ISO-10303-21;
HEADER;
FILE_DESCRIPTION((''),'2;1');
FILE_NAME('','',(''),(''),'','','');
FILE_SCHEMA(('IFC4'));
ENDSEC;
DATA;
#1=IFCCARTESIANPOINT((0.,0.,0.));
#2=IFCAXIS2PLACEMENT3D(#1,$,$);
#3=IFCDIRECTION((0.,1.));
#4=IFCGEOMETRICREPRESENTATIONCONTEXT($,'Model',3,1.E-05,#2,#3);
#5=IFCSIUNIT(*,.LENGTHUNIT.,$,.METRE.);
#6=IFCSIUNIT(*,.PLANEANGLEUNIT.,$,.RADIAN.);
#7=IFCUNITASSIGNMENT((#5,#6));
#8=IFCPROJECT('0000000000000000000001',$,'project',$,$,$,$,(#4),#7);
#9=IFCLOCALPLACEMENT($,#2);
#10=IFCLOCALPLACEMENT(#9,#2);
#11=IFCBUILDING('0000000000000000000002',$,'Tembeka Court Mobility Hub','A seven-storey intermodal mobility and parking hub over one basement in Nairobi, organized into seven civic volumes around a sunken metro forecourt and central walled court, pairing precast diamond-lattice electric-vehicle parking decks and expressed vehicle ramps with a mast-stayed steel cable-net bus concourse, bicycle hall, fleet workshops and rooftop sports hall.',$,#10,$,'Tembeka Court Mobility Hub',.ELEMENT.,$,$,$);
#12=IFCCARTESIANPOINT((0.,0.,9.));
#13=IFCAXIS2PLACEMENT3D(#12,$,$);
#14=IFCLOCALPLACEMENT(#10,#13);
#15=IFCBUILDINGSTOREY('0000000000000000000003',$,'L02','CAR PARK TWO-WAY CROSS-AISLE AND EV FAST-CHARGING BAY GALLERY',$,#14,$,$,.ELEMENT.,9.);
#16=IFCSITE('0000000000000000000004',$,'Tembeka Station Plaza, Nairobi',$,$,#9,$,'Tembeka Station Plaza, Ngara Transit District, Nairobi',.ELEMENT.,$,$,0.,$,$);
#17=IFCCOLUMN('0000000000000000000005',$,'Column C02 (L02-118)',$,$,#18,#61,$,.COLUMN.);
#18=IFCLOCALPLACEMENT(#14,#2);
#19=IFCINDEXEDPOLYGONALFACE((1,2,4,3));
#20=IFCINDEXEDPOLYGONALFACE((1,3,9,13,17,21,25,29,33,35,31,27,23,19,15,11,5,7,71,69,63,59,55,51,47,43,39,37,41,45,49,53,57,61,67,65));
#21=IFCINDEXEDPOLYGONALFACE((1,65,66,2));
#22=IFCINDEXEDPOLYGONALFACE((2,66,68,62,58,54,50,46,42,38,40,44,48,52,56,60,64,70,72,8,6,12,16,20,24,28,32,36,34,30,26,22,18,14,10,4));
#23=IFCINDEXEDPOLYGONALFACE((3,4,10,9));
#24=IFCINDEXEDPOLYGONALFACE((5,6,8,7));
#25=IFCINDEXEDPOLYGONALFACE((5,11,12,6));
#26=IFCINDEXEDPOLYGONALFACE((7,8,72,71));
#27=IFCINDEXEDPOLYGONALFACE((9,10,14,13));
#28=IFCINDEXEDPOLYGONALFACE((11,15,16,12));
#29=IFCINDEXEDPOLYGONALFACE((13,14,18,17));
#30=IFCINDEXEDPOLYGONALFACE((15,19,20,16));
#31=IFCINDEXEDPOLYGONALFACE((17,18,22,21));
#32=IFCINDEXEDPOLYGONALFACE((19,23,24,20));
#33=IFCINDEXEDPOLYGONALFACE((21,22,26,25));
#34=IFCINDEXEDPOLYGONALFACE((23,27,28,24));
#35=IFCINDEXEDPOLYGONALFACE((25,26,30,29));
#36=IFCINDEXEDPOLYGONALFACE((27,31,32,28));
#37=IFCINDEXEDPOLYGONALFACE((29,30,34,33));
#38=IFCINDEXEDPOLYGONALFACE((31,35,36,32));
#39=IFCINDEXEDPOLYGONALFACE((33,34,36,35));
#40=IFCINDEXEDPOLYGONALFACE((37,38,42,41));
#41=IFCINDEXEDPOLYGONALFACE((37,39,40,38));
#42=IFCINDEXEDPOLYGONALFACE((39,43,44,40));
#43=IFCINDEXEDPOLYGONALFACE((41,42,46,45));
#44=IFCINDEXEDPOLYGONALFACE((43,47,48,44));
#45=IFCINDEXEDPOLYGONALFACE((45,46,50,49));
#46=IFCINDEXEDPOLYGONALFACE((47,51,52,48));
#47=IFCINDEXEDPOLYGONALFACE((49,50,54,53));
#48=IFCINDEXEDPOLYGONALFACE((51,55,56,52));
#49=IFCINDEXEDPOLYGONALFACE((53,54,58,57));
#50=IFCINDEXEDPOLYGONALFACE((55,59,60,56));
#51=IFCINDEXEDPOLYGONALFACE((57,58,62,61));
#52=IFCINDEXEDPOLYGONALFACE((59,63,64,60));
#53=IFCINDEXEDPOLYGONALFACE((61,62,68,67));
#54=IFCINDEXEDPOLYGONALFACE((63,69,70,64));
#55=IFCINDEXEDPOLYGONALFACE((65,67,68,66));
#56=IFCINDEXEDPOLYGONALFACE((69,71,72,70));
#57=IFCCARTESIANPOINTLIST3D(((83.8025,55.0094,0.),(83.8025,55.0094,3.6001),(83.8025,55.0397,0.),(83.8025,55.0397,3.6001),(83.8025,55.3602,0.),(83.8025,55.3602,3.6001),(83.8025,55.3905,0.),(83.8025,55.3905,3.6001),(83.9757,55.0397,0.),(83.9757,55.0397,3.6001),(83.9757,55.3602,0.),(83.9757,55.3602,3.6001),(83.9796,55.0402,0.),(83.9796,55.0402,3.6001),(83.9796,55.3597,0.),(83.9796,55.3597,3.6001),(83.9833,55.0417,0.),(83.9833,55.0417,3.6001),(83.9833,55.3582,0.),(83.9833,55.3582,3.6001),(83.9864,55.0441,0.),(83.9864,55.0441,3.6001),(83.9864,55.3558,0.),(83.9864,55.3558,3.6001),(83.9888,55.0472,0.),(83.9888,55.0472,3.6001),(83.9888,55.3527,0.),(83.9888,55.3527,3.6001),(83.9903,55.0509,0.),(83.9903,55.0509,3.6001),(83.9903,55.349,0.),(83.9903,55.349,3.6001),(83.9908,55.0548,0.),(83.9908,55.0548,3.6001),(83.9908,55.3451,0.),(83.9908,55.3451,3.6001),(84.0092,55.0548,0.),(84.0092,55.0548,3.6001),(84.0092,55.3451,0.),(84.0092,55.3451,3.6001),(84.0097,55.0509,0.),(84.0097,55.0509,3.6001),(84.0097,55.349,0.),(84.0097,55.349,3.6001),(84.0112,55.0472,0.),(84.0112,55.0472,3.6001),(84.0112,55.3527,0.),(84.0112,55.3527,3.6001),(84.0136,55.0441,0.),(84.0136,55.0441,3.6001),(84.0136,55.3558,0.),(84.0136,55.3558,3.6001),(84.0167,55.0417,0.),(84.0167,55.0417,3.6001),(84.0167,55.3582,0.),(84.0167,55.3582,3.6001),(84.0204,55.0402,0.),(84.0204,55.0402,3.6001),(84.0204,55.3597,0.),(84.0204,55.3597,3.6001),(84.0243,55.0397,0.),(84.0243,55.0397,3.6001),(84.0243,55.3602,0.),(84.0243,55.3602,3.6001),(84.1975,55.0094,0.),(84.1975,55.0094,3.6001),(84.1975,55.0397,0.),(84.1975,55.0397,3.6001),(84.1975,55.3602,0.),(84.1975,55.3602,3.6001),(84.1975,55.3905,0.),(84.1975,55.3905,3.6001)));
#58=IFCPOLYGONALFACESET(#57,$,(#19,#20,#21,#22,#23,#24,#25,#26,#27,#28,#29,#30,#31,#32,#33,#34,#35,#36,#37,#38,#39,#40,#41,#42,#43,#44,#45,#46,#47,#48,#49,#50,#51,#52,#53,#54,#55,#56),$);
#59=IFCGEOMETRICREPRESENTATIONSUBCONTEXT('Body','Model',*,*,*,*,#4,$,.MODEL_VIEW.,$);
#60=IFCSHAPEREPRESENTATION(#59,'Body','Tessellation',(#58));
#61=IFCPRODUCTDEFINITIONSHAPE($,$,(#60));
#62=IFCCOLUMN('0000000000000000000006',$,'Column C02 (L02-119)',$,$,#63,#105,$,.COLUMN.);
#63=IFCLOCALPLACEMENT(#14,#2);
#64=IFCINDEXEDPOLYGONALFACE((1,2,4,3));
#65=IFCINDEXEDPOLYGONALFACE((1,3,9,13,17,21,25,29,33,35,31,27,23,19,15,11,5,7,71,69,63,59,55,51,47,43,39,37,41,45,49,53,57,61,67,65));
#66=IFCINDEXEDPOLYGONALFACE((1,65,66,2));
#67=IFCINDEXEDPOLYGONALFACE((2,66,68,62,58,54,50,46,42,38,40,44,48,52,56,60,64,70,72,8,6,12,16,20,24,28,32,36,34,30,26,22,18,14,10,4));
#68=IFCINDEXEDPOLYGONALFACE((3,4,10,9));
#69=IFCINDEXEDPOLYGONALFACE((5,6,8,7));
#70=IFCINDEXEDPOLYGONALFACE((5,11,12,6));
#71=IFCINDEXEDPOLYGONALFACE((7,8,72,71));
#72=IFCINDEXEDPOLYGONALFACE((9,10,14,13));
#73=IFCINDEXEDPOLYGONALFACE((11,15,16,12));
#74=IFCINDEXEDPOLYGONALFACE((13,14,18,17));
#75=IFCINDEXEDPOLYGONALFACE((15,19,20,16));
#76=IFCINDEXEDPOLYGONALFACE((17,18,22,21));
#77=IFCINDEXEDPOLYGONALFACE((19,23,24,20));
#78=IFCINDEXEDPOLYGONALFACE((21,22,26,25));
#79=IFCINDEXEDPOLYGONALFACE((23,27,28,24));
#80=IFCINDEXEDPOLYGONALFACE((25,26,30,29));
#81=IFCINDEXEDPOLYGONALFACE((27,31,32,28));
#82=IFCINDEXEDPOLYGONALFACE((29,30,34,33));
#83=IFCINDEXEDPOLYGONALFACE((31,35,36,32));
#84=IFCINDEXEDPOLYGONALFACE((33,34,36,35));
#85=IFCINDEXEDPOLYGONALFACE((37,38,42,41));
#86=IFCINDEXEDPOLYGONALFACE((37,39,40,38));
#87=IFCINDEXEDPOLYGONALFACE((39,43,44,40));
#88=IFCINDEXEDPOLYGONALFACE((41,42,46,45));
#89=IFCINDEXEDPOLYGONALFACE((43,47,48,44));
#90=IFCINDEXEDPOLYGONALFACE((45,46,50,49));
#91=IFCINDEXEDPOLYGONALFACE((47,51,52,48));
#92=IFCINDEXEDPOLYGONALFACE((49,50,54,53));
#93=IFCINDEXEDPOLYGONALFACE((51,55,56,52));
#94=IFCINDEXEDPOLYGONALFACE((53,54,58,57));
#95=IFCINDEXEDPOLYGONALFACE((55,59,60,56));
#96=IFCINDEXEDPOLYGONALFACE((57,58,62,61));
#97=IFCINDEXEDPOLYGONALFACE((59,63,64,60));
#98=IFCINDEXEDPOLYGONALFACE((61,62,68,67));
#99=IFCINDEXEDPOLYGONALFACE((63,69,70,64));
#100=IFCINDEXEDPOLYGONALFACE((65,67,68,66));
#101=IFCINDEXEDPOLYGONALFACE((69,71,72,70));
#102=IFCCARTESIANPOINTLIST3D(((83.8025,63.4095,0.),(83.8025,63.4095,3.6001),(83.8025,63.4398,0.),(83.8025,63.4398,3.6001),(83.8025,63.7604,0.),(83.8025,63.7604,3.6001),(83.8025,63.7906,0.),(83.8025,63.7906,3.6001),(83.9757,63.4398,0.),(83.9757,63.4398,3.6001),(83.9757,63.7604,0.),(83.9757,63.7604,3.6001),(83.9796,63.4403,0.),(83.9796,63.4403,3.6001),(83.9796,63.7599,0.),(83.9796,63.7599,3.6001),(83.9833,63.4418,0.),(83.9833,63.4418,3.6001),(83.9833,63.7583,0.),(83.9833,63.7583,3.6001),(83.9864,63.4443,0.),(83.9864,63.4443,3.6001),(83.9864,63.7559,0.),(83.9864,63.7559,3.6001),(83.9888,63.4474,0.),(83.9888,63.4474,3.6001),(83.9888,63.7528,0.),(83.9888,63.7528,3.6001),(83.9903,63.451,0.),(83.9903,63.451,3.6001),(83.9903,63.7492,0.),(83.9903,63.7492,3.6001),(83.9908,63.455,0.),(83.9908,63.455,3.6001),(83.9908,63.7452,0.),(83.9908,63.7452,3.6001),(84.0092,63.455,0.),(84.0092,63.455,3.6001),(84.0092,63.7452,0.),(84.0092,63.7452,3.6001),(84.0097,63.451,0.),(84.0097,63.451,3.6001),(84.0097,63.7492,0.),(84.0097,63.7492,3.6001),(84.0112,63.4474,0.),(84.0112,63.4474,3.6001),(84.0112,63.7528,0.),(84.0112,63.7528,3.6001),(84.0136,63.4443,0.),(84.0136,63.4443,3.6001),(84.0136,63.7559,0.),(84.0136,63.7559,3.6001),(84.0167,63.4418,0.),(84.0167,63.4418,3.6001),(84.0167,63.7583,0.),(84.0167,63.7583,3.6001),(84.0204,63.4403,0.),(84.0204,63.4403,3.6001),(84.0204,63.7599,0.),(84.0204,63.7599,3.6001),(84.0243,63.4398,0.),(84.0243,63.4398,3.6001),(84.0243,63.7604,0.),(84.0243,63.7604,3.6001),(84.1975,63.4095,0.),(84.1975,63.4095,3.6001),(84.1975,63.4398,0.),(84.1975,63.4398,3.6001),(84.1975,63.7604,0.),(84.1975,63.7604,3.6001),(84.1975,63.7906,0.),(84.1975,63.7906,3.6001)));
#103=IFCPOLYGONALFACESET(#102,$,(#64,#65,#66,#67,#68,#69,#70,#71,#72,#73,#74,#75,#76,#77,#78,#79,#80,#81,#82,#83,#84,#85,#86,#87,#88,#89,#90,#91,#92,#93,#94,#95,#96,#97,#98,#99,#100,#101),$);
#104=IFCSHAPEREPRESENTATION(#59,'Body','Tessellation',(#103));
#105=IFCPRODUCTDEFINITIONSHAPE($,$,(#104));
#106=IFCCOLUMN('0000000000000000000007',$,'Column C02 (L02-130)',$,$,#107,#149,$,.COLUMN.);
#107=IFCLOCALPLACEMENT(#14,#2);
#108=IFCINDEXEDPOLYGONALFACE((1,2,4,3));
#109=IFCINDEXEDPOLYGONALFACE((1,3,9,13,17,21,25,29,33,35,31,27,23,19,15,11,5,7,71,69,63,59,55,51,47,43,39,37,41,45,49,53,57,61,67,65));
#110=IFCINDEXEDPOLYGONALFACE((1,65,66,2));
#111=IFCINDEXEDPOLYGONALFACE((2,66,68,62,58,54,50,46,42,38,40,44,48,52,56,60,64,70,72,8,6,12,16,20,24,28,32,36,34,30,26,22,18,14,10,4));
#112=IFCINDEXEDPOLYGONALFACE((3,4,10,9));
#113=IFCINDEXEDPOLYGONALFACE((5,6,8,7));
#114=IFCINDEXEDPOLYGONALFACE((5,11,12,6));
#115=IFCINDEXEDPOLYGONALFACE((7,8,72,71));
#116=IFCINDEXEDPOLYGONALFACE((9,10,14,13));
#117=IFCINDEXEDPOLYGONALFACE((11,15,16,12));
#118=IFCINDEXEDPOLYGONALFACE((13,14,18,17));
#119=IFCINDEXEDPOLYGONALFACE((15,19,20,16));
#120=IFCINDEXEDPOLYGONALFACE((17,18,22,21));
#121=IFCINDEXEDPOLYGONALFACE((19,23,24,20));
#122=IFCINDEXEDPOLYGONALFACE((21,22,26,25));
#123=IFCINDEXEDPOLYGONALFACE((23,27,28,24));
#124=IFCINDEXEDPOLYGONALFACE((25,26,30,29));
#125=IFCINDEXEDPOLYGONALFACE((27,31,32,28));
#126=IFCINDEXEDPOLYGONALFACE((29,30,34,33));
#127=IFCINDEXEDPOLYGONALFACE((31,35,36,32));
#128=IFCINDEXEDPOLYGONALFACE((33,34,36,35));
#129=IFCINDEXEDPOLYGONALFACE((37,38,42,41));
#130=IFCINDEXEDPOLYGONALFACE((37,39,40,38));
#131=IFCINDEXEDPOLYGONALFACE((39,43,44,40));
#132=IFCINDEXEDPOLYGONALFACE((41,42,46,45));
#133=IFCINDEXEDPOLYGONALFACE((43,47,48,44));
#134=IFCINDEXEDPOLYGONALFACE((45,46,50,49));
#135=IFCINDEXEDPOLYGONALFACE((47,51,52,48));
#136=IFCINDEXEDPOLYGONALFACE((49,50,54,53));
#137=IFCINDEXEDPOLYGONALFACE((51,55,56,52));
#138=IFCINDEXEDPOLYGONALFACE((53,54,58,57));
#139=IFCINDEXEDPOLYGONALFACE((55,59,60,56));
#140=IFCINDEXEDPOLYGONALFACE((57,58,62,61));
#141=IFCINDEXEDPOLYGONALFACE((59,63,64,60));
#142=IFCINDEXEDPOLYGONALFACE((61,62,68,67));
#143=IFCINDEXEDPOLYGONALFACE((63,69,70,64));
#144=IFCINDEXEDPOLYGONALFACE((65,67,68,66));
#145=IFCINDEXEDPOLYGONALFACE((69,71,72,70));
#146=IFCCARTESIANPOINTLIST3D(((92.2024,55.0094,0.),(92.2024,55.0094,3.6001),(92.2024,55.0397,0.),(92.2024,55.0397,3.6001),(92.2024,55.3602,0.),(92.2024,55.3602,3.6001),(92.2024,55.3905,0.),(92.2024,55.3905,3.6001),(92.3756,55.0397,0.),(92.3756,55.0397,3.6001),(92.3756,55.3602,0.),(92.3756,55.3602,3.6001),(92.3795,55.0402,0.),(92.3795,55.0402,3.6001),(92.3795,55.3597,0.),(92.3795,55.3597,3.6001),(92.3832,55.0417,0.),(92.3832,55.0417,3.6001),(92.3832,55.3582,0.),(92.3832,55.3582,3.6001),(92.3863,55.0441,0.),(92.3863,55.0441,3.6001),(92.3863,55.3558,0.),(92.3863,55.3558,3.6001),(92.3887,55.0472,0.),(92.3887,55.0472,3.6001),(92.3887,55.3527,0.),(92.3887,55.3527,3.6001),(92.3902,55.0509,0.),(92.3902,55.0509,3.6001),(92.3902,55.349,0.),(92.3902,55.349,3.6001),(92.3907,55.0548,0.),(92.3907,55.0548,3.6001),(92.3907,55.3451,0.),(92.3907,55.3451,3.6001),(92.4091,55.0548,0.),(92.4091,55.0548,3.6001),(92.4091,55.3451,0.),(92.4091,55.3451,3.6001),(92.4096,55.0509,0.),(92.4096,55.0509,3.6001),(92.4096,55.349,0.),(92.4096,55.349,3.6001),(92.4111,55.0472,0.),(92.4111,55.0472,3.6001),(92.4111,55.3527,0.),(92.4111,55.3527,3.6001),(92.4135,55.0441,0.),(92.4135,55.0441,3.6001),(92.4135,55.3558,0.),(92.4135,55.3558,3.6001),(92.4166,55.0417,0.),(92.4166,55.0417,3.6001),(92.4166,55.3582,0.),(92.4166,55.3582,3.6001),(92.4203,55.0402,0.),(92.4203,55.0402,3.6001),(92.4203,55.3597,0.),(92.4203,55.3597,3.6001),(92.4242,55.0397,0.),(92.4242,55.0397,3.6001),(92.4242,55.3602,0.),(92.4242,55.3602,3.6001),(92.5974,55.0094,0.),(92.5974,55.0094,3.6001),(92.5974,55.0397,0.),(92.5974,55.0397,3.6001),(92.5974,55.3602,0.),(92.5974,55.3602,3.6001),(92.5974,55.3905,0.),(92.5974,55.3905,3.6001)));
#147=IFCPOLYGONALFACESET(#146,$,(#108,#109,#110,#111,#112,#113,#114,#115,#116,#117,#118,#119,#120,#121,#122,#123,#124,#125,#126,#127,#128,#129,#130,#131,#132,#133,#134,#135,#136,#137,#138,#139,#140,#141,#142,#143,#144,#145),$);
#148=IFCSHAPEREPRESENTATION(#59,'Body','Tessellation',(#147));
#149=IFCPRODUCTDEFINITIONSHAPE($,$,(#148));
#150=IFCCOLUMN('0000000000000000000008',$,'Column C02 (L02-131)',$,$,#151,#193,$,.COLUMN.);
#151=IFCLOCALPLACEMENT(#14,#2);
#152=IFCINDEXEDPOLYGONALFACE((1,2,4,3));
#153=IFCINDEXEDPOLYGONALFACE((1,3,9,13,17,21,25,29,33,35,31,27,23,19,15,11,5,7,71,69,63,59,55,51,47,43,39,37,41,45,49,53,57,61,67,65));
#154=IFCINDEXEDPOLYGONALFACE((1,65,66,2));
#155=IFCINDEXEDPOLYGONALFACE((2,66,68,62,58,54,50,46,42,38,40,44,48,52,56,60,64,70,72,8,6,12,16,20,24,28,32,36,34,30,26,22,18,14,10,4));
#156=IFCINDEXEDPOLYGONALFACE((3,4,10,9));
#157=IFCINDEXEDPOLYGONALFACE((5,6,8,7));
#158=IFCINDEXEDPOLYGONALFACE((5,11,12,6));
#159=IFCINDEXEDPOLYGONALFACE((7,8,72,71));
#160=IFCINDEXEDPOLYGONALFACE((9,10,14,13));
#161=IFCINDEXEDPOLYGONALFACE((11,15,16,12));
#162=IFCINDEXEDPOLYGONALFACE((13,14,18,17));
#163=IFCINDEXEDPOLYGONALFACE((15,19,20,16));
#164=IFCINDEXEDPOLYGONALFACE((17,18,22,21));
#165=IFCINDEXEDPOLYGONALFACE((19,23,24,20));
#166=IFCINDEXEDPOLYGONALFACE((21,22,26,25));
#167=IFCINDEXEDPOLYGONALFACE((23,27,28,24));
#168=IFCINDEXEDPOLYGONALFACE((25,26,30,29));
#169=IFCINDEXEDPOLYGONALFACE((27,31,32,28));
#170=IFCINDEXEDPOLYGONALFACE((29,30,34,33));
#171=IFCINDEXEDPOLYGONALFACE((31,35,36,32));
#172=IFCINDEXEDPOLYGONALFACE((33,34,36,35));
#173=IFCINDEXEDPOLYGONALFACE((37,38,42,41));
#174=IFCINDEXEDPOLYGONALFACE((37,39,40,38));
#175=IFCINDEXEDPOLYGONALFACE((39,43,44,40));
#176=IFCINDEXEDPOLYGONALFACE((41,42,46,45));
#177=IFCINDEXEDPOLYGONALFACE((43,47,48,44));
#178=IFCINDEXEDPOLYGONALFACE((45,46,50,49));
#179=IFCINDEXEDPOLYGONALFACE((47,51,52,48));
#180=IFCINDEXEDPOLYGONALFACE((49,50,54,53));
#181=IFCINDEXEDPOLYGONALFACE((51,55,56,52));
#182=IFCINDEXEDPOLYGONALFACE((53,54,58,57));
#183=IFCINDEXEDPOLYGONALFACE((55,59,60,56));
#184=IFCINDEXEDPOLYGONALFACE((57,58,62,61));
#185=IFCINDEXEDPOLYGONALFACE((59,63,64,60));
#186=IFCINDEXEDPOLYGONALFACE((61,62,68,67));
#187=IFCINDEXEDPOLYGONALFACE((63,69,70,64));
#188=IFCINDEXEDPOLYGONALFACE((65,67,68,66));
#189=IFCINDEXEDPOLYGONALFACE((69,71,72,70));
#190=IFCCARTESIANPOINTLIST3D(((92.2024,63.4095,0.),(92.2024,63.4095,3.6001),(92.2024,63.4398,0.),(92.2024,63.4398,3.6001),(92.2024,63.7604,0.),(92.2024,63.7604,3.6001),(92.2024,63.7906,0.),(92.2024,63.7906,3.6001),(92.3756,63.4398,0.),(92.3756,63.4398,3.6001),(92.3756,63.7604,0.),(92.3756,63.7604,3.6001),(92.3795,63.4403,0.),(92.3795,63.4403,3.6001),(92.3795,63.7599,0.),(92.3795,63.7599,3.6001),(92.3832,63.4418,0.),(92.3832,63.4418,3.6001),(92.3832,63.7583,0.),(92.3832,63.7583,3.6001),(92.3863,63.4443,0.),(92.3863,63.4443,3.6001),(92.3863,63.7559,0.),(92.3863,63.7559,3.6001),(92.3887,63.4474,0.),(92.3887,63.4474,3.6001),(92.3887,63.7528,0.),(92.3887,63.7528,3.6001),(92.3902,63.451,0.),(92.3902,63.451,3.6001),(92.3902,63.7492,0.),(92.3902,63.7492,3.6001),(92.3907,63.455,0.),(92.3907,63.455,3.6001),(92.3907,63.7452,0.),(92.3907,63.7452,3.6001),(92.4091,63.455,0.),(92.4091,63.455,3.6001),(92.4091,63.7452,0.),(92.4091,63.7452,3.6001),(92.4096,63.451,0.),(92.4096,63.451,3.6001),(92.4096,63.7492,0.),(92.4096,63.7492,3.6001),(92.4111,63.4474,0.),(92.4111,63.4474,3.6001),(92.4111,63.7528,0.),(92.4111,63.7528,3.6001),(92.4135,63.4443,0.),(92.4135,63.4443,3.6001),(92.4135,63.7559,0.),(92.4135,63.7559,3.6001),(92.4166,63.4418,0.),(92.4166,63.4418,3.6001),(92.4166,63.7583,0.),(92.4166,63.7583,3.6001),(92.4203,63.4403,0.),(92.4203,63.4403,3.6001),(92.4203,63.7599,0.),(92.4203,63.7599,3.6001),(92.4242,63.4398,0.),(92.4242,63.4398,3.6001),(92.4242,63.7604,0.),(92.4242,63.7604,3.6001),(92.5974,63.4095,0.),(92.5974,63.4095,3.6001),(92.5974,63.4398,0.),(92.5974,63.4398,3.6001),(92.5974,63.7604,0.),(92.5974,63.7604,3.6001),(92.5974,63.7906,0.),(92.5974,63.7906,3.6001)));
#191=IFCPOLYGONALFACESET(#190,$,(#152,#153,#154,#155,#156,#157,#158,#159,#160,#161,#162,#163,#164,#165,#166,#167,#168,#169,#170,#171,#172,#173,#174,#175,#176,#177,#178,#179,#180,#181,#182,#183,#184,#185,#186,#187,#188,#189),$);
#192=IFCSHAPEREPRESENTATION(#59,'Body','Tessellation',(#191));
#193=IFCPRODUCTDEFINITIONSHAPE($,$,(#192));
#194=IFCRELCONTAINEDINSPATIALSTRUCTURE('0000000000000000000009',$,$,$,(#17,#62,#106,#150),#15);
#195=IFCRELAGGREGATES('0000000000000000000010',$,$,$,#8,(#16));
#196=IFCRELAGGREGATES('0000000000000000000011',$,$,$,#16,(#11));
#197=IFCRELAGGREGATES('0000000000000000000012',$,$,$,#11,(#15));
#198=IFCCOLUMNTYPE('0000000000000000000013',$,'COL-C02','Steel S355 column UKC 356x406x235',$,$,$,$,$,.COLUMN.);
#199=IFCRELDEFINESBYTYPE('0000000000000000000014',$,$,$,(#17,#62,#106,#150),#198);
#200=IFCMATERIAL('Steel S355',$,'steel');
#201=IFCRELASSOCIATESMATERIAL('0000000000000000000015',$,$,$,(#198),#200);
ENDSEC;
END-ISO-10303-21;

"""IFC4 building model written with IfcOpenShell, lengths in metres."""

from ifc_helpers import new_model, si_unit, direction, frame, origin, origin_2d, place, context, subcontext, project, spatial, i_section, extrude, material, material_profile, profile_set, type_object, element, save


model = new_model("IFC4")

# Units and contexts
model_context = context("Model", 3, precision=1e-05, world=origin(), true_north=direction((0.0, 1.0)))
body_context = subcontext(model_context, "Body", "Model", "MODEL_VIEW")
ifc_project = project(units=[si_unit("LENGTHUNIT", "METRE"), si_unit("PLANEANGLEUNIT", "RADIAN")], contexts=[model_context])

# Site, building, storey
site_placement = place(None, origin())
site = spatial("IfcSite", under=ifc_project, at=site_placement, Name="Tembeka Station Plaza, Nairobi", LongName="Tembeka Station Plaza, Ngara Transit District, Nairobi", CompositionType="ELEMENT", RefElevation=0.0)
building_placement = place(site_placement, origin())
building = spatial("IfcBuilding", under=site, at=building_placement, Name="Tembeka Court Mobility Hub", Description="A seven-storey intermodal mobility and parking hub over one basement in Nairobi, organized into seven civic volumes around a sunken metro forecourt and central walled court, pairing precast diamond-lattice electric-vehicle parking decks and expressed vehicle ramps with a mast-stayed steel cable-net bus concourse, bicycle hall, fleet workshops and rooftop sports hall.", LongName="Tembeka Court Mobility Hub", CompositionType="ELEMENT")
storey_placement = place(building_placement, frame((0.0, 0.0, 9.0)))
storey = spatial("IfcBuildingStorey", under=building, at=storey_placement, Name="L02", Description="CAR PARK TWO-WAY CROSS-AISLE AND EV FAST-CHARGING BAY GALLERY", CompositionType="ELEMENT", Elevation=9.0)

# Columns
ifc_material_1 = material(Name="Steel S355", Category="steel")
ifc_material_profile_1 = material_profile(ifc_material_1, i_section(OverallWidth=0.395, OverallDepth=0.3811, WebThickness=0.0183, FlangeThickness=0.0303, FilletRadius=0.0151, at=origin_2d()), Name="UKC 356x406x235")
ifc_profile_set_1 = profile_set([ifc_material_profile_1], Name="Steel S355")
column_type = type_object("IfcColumnType", Name="COL-C02", Description="Steel S355 column UKC 356x406x235", PredefinedType="COLUMN", material=ifc_profile_set_1)
for number, where, z_axis, x_axis, name in (
    (1, (84.0, 55.2, 0.0), (0.0, 0.0, 1.0), (1.0, 0.0, 0.0), "Column C02 (L02-118)"),
    (2, (84.0, 63.6001, 0.0), (0.0, 0.0, 1.0), (1.0, 0.0, 0.0), "Column C02 (L02-119)"),
    (3, (92.3999, 55.2, 0.0), (0.0, 0.0, 1.0), (1.0, 0.0, 0.0), "Column C02 (L02-130)"),
    (4, (92.3999, 63.6001, 0.0), (0.0, 0.0, 1.0), (1.0, 0.0, 0.0), "Column C02 (L02-131)"),
):
    element("IfcColumn", number, at=place(storey_placement, frame(where, z_axis=z_axis, x_axis=x_axis)), inside=storey, type_object=column_type, Name=name, PredefinedType="COLUMN", context=body_context, shape_type="SweptSolid", body=[
        extrude(i_section(OverallWidth=0.395, OverallDepth=0.3811, WebThickness=0.0183, FlangeThickness=0.0303, FilletRadius=0.0151, at=origin_2d()), origin(), (0.0, 0.0, 1.0), 3.6001),
    ])

save(model, "model.ifc")
